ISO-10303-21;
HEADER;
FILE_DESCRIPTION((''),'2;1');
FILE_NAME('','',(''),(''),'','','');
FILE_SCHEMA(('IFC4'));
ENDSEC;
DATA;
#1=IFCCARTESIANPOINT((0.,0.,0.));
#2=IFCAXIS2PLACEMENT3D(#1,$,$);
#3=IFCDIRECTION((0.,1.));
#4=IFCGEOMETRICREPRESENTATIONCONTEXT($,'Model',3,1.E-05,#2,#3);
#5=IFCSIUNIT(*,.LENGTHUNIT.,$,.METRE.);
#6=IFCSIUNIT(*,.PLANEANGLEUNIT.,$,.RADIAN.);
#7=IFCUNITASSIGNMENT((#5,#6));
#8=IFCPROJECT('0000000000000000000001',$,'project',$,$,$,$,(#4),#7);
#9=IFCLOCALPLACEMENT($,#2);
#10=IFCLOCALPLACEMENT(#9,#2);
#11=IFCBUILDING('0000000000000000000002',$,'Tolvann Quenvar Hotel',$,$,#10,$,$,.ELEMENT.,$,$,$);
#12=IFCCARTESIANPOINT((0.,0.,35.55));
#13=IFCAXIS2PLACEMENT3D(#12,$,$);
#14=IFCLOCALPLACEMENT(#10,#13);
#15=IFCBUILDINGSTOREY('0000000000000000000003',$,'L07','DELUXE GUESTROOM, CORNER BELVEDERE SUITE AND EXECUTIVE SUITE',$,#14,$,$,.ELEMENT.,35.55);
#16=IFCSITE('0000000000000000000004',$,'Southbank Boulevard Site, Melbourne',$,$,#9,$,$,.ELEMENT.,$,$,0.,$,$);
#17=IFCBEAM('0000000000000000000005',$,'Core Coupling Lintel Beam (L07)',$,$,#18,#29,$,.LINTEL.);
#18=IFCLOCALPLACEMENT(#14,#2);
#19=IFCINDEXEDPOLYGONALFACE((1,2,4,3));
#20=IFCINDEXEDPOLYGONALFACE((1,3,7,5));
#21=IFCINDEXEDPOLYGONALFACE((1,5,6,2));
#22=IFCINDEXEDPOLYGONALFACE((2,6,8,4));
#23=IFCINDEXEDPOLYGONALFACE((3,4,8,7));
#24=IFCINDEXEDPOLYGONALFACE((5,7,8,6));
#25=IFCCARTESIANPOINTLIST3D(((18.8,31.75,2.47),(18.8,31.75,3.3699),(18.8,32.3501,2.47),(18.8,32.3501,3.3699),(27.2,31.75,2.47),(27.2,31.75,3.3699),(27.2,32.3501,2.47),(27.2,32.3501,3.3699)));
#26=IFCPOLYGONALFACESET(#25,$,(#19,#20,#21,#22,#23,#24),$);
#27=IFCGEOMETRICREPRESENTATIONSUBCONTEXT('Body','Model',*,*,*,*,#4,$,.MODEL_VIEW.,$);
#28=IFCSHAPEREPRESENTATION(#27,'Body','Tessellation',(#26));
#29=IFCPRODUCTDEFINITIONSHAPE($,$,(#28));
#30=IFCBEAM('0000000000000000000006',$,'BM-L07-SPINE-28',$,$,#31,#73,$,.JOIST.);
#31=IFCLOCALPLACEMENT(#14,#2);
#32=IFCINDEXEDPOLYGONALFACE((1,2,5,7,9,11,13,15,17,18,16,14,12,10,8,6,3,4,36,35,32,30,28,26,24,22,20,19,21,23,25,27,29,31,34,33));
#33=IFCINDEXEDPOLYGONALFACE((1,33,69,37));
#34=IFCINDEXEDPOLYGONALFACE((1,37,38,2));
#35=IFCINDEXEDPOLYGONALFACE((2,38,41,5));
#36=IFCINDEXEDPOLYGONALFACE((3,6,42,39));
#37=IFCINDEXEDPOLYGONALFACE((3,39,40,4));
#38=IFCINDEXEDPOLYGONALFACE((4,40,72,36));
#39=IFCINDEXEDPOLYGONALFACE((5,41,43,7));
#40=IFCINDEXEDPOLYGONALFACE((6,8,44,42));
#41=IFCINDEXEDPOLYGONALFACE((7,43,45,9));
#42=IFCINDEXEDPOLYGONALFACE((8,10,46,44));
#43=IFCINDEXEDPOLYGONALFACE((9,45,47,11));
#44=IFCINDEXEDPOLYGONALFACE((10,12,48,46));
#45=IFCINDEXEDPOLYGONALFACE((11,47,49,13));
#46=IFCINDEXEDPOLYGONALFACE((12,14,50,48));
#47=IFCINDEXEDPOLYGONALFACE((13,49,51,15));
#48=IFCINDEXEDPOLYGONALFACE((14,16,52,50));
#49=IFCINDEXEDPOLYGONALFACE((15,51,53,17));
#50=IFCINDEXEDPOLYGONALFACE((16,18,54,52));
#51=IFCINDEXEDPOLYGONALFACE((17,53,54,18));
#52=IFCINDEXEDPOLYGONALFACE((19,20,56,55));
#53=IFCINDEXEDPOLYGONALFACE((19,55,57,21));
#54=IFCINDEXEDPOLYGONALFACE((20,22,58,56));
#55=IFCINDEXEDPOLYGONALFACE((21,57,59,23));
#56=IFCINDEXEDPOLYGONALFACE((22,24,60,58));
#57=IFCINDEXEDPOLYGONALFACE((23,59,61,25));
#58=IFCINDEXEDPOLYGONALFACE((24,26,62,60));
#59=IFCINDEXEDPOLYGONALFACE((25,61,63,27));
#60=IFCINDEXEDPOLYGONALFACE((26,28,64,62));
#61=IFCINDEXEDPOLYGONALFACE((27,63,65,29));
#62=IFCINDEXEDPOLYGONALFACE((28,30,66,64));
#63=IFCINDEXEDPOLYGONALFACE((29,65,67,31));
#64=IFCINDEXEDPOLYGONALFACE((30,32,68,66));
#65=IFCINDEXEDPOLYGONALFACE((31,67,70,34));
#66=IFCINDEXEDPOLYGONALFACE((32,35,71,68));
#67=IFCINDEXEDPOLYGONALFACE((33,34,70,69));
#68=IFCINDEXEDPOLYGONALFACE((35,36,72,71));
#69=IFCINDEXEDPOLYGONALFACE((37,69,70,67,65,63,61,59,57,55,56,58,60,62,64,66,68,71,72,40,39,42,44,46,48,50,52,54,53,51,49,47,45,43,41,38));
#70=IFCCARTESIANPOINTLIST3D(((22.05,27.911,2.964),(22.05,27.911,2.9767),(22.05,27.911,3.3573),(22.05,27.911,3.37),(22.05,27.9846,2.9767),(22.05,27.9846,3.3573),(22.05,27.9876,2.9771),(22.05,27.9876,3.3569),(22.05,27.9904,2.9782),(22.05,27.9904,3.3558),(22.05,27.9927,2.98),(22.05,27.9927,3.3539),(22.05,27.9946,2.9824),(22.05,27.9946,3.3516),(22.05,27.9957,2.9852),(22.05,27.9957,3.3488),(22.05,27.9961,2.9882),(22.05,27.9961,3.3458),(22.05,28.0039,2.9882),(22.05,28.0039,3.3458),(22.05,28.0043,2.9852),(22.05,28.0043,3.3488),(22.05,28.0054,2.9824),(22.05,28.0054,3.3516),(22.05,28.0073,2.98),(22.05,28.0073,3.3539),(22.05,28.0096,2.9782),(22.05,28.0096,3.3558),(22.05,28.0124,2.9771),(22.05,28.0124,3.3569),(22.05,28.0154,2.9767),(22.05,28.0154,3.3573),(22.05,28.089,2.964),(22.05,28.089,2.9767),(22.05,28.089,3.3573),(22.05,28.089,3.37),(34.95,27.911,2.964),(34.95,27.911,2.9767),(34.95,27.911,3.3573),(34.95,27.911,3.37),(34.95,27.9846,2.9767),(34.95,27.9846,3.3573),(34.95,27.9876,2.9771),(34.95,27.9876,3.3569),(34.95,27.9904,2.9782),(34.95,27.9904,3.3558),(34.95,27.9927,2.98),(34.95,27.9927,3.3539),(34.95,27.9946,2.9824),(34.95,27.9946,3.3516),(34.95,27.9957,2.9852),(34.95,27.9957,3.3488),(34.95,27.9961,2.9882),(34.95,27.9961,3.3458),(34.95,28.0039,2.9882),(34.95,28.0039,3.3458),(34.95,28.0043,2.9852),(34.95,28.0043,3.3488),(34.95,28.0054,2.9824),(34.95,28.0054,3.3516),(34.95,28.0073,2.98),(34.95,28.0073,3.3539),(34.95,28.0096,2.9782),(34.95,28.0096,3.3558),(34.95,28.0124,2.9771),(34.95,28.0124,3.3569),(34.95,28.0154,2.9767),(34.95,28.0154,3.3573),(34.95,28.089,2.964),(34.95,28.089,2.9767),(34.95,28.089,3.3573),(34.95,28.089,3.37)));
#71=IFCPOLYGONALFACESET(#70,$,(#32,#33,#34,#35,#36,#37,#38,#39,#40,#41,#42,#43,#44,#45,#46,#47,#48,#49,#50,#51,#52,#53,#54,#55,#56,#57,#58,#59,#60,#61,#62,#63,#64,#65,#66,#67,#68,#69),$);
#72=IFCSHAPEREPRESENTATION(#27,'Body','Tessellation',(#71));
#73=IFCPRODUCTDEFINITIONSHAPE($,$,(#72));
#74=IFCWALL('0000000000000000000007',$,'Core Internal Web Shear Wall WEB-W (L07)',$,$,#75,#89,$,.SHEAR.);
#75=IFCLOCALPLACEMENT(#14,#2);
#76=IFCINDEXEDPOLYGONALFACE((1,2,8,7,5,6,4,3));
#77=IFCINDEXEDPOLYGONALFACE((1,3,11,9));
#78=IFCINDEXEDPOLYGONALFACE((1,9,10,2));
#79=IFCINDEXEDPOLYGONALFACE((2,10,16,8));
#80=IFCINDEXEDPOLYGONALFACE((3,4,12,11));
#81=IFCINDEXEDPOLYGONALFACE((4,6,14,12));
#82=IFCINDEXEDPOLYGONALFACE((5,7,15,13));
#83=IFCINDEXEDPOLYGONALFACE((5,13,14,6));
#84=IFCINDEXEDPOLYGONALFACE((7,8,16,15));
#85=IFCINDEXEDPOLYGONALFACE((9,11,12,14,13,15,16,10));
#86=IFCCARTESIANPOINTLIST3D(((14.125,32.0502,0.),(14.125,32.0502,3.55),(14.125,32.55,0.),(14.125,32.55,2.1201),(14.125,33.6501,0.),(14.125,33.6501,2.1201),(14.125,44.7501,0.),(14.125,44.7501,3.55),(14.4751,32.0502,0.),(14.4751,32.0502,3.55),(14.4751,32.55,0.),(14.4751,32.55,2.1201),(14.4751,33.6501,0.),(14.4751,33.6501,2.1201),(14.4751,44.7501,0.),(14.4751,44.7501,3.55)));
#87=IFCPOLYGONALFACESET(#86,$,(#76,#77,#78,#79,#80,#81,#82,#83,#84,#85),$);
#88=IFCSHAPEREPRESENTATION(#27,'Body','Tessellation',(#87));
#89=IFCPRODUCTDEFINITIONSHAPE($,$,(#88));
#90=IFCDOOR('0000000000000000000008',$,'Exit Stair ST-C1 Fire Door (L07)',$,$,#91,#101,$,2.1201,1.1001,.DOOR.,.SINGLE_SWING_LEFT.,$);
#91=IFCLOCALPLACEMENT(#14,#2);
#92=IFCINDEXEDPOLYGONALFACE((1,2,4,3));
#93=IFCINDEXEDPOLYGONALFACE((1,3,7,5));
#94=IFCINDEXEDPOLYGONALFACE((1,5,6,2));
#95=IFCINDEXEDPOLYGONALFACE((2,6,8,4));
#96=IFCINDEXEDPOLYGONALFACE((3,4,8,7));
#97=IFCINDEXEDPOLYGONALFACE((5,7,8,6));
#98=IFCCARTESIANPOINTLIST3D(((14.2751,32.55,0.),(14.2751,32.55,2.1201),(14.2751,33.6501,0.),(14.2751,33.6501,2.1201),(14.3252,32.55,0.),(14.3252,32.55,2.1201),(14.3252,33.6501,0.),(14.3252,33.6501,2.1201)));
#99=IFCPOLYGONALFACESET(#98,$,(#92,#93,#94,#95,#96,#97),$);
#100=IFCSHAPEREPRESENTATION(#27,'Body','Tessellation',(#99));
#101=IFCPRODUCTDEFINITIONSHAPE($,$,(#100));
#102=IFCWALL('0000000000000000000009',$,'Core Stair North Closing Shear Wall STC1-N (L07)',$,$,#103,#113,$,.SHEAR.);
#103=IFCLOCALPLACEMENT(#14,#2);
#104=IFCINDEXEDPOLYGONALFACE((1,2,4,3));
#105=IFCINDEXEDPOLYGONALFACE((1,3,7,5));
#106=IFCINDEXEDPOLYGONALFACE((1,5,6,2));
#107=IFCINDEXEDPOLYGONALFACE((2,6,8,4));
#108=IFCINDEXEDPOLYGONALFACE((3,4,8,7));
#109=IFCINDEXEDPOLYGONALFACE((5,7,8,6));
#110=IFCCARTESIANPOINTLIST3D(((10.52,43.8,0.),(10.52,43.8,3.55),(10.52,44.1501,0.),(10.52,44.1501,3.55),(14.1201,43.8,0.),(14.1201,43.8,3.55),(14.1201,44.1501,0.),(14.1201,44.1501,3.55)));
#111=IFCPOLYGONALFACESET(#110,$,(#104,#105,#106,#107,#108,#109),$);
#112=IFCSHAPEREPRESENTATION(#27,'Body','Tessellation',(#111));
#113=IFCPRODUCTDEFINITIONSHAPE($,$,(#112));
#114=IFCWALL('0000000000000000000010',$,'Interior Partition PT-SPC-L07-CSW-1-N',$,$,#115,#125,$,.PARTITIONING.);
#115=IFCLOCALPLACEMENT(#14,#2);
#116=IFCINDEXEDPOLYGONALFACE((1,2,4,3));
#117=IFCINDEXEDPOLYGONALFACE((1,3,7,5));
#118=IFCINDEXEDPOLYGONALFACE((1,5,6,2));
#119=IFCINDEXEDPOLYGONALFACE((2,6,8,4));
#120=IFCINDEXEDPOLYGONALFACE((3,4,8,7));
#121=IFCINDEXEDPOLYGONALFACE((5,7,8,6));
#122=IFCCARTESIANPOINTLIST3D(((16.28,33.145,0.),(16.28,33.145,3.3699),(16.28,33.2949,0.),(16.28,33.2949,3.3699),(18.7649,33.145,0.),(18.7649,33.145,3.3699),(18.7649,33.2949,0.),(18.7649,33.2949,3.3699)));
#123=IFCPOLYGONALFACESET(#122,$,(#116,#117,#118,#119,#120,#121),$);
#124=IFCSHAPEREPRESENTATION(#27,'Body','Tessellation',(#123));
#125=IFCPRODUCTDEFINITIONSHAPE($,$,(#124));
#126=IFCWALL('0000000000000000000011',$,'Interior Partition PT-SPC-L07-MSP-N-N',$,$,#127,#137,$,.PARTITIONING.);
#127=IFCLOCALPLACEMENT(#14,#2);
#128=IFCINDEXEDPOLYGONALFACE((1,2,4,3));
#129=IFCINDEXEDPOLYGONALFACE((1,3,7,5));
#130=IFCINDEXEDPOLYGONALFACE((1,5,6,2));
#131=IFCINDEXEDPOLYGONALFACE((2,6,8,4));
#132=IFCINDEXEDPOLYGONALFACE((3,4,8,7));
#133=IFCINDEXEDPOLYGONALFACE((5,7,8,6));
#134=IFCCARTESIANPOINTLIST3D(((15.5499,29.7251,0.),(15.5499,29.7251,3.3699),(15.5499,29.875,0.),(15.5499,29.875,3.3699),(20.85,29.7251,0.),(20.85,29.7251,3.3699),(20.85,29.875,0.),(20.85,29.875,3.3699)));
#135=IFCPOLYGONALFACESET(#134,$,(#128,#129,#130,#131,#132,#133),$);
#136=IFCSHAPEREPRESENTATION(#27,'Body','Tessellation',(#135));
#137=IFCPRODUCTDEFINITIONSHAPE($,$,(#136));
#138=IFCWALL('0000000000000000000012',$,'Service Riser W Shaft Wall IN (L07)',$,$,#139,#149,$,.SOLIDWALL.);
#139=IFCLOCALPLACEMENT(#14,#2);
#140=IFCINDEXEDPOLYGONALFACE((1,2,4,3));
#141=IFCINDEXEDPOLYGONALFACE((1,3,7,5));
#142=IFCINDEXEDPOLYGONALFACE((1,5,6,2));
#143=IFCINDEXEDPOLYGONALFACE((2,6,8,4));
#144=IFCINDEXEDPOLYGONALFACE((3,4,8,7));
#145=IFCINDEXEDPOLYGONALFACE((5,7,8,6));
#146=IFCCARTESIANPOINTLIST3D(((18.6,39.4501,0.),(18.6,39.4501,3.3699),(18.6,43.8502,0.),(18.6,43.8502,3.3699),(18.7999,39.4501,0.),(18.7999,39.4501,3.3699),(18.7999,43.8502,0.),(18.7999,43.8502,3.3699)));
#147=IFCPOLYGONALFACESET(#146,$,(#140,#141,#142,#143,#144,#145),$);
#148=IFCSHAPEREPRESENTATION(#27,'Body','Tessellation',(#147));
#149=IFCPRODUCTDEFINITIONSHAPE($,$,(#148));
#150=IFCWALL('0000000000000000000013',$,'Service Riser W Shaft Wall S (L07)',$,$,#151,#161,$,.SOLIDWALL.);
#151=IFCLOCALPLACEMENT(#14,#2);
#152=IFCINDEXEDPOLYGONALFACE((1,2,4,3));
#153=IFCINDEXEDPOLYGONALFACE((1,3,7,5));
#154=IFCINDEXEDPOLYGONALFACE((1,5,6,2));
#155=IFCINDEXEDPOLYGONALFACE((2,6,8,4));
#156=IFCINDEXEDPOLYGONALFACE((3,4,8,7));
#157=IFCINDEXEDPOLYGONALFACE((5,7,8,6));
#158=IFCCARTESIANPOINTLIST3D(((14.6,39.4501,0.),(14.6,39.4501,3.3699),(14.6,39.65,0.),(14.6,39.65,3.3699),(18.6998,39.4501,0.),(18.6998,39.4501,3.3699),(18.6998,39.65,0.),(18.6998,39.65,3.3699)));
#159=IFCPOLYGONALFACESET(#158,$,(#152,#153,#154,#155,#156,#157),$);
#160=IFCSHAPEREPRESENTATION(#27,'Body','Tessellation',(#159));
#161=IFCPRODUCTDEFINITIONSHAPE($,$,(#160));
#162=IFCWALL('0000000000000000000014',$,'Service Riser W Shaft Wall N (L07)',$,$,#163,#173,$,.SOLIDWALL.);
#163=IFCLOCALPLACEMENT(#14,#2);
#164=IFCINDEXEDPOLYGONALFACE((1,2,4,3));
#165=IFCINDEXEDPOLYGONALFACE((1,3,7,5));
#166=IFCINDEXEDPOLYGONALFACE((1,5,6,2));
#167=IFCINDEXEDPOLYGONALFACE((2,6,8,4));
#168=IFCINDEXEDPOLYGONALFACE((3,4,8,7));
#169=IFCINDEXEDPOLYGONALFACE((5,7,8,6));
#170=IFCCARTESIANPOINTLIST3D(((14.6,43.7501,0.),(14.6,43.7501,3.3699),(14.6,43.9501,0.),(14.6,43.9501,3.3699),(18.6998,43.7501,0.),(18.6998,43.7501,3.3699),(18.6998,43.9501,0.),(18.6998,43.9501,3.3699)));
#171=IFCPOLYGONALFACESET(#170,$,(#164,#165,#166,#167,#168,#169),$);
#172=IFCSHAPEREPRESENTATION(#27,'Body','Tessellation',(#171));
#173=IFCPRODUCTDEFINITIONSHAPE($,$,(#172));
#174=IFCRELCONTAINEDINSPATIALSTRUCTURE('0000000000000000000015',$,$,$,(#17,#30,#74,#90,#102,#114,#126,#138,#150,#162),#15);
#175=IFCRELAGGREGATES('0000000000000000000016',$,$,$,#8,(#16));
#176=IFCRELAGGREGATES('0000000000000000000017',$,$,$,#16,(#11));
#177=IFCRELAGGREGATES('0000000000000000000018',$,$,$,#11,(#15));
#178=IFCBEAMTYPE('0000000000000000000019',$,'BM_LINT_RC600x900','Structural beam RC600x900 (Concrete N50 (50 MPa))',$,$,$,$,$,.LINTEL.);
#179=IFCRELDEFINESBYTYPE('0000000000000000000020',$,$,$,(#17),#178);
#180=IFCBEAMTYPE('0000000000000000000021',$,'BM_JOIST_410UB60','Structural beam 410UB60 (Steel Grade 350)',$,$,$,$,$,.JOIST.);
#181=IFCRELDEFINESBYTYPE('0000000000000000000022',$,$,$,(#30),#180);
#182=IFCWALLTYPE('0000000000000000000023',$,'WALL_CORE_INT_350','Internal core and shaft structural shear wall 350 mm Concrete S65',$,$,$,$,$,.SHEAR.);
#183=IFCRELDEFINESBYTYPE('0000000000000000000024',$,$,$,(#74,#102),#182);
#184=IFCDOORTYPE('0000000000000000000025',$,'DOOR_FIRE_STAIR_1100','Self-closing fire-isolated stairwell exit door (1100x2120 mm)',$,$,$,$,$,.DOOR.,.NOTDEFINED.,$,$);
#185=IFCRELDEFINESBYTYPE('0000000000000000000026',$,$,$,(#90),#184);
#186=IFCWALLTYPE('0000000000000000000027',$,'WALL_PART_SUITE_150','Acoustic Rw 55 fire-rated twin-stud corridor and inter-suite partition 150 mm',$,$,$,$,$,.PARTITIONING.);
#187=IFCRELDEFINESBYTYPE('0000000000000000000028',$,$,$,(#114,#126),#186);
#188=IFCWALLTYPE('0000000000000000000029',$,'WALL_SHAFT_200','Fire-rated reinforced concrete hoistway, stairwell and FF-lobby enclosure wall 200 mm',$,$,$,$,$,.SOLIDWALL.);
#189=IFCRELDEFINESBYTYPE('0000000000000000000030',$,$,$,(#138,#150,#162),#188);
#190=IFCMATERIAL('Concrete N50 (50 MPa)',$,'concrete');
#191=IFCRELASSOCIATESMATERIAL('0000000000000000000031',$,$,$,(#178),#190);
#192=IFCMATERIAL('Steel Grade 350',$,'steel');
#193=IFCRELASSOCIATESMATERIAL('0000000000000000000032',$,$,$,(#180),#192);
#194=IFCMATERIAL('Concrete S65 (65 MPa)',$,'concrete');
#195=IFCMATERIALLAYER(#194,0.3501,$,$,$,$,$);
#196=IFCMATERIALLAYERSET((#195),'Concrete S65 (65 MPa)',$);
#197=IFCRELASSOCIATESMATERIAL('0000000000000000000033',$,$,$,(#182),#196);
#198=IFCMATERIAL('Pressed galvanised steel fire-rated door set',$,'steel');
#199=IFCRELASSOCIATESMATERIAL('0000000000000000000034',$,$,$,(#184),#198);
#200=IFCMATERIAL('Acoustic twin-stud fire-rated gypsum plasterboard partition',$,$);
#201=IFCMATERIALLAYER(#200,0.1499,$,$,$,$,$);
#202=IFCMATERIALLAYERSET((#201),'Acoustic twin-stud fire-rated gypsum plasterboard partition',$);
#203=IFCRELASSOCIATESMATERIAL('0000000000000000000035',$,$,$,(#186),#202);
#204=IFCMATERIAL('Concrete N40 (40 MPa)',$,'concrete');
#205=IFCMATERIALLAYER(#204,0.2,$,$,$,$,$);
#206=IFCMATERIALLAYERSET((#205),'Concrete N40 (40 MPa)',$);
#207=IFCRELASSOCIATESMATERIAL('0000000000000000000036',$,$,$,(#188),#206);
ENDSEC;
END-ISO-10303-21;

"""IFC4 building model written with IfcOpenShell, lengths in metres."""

from ifc_helpers import new_model, si_unit, direction, frame, frame_2d, origin, origin_2d, place, context, subcontext, project, spatial, rectangle, i_section, extrude, source, transform, mapped, material, layer, layer_set, material_profile, profile_set, type_object, type_shapes, element, fill, save


model = new_model("IFC4")

# Units and contexts
model_context = context("Model", 3, precision=1e-05, world=origin(), true_north=direction((0.0, 1.0)))
body_context = subcontext(model_context, "Body", "Model", "MODEL_VIEW")
ifc_project = project(units=[si_unit("LENGTHUNIT", "METRE"), si_unit("PLANEANGLEUNIT", "RADIAN")], contexts=[model_context])

# Site, building, storey
site_placement = place(None, origin())
site = spatial("IfcSite", under=ifc_project, at=site_placement, Name="Southbank Boulevard Site, Melbourne", CompositionType="ELEMENT", RefElevation=0.0)
building_placement = place(site_placement, origin())
building = spatial("IfcBuilding", under=site, at=building_placement, Name="Tolvann Quenvar Hotel", CompositionType="ELEMENT")
storey_placement = place(building_placement, frame((0.0, 0.0, 35.55)))
storey = spatial("IfcBuildingStorey", under=building, at=storey_placement, Name="L07", Description="DELUXE GUESTROOM, CORNER BELVEDERE SUITE AND EXECUTIVE SUITE", CompositionType="ELEMENT", Elevation=35.55)

# Beams
ifc_material_1 = material(Name="Concrete N50 (50 MPa)", Category="concrete")
ifc_material_profile_1 = material_profile(ifc_material_1, rectangle(XDim=0.6001, YDim=0.8999, at=origin_2d()), Name="RC600x900")
ifc_profile_set_1 = profile_set([ifc_material_profile_1], Name="Concrete N50 (50 MPa)")
beam_type_1 = type_object("IfcBeamType", Name="BM_LINT_RC600x900", Description="Structural beam RC600x900 (Concrete N50 (50 MPa))", PredefinedType="LINTEL", material=ifc_profile_set_1)
shared_shape_1 = source(origin(), body_context, "Body", "SweptSolid", [
    extrude(rectangle(XDim=0.6001, YDim=0.8999, at=origin_2d()), origin(), (0.0, 0.0, 1.0), 8.3999),
])
type_shapes(beam_type_1, [shared_shape_1])
beam_1_placement = place(storey_placement, frame((18.8, 32.05, 2.9199), z_axis=(1.0, 0.0, 0.0), x_axis=(0.0, 1.0, 0.0)))
element("IfcBeam", 1, at=beam_1_placement, inside=storey, type_object=beam_type_1, Name="Core Coupling Lintel Beam (L07)", PredefinedType="LINTEL", context=body_context, shape_type="MappedRepresentation", body=[
    mapped(shared_shape_1, transform((0.0, 0.0, 0.0), x_axis=(1.0, 0.0, 0.0), y_axis=(0.0, 1.0, 0.0), z_axis=(0.0, 0.0, 1.0), scale=1.0)),
])
ifc_material_2 = material(Name="Steel Grade 350", Category="steel")
ifc_material_profile_2 = material_profile(ifc_material_2, i_section(OverallWidth=0.178, OverallDepth=0.406, WebThickness=0.0078, FlangeThickness=0.0127, FilletRadius=0.0115, at=origin_2d()), Name="410UB60")
ifc_profile_set_2 = profile_set([ifc_material_profile_2], Name="Steel Grade 350")
beam_type_2 = type_object("IfcBeamType", Name="BM_JOIST_410UB60", Description="Structural beam 410UB60 (Steel Grade 350)", PredefinedType="JOIST", material=ifc_profile_set_2)
shared_shape_2 = source(origin(), body_context, "Body", "SweptSolid", [
    extrude(i_section(OverallWidth=0.178, OverallDepth=0.406, WebThickness=0.0078, FlangeThickness=0.0127, FilletRadius=0.0115, at=origin_2d()), origin(), (0.0, 0.0, 1.0), 12.8999),
])
type_shapes(beam_type_2, [shared_shape_2])
beam_2_placement = place(storey_placement, frame((22.05, 28.0, 3.167), z_axis=(1.0, 0.0, 0.0), x_axis=(0.0, 1.0, 0.0)))
element("IfcBeam", 2, at=beam_2_placement, inside=storey, type_object=beam_type_2, Name="BM-L07-SPINE-28", PredefinedType="JOIST", context=body_context, shape_type="MappedRepresentation", body=[
    mapped(shared_shape_2, transform((0.0, 0.0, 0.0), x_axis=(1.0, 0.0, 0.0), y_axis=(0.0, 1.0, 0.0), z_axis=(0.0, 0.0, 1.0), scale=1.0)),
])

# Wall, opening, door
ifc_material_3 = material(Name="Concrete S65 (65 MPa)", Category="concrete")
ifc_layer_1 = layer(ifc_material_3, 0.3501)
ifc_layer_set_1 = layer_set([ifc_layer_1], Name="Concrete S65 (65 MPa)")
wall_type_1 = type_object("IfcWallType", Name="WALL_CORE_INT_350", Description="Internal core and shaft structural shear wall 350 mm Concrete S65", PredefinedType="SHEAR", material=ifc_layer_set_1)
wall_1_placement = place(storey_placement, frame((14.3, 32.05, 0.0), z_axis=(0.0, 0.0, 1.0), x_axis=(0.0, 1.0, 0.0)))
wall_1 = element("IfcWall", 3, at=wall_1_placement, inside=storey, type_object=wall_type_1, Name="Core Internal Web Shear Wall WEB-W (L07)", PredefinedType="SHEAR", context=body_context, shape_type="SweptSolid", body=[
    extrude(rectangle(XDim=12.7, YDim=0.3501, at=frame_2d((6.3501, 0.0))), origin(), (0.0, 0.0, 1.0), 3.55),
])
opening_1_placement = place(wall_1_placement, frame((0.5, 0.0, 0.0)))
opening_1 = element("IfcOpeningElement", 4, at=opening_1_placement, cuts=wall_1, PredefinedType="OPENING", context=body_context, shape_type="SweptSolid", body=[
    extrude(rectangle(XDim=1.1001, YDim=2.1201, at=frame_2d((0.55, 1.0601))), frame((0.0, 0.1851, 0.0), z_axis=(0.0, -1.0, 0.0), x_axis=(1.0, 0.0, 0.0)), (0.0, 0.0, 1.0), 0.3701),
])
ifc_material_4 = material(Name="Pressed galvanised steel fire-rated door set", Category="steel")
door_type_1 = type_object("IfcDoorType", Name="DOOR_FIRE_STAIR_1100", Description="Self-closing fire-isolated stairwell exit door (1100x2120 mm)", OperationType="NOTDEFINED", PredefinedType="DOOR", material=ifc_material_4)
shared_shape_3 = source(origin(), body_context, "Body", "SweptSolid", [
    extrude(rectangle(XDim=1.1001, YDim=2.1201, at=frame_2d((0.55, 1.0601))), frame((0.0, 0.0249, 0.0), z_axis=(0.0, -1.0, 0.0), x_axis=(1.0, 0.0, 0.0)), (0.0, 0.0, 1.0), 0.05),
])
type_shapes(door_type_1, [shared_shape_3])
door_1_placement = place(opening_1_placement, origin())
door_1 = element("IfcDoor", 5, at=door_1_placement, inside=storey, type_object=door_type_1, Name="Exit Stair ST-C1 Fire Door (L07)", OperationType="SINGLE_SWING_LEFT", OverallHeight=2.1201, OverallWidth=1.1001, PredefinedType="DOOR", context=body_context, shape_type="MappedRepresentation", body=[
    mapped(shared_shape_3, transform((0.0, 0.0, 0.0), x_axis=(1.0, 0.0, 0.0), y_axis=(0.0, 1.0, 0.0), z_axis=(0.0, 0.0, 1.0), scale=1.0)),
])
fill(opening_1, door_1)

# Walls
wall_2_placement = place(storey_placement, frame((10.52, 43.9751, 0.0), z_axis=(0.0, 0.0, 1.0), x_axis=(1.0, 0.0, 0.0)))
element("IfcWall", 6, at=wall_2_placement, inside=storey, type_object=wall_type_1, Name="Core Stair North Closing Shear Wall STC1-N (L07)", PredefinedType="SHEAR", context=body_context, shape_type="SweptSolid", body=[
    extrude(rectangle(XDim=3.6001, YDim=0.3501, at=frame_2d((1.8, 0.0))), origin(), (0.0, 0.0, 1.0), 3.55),
])
ifc_material_5 = material(Name="Acoustic twin-stud fire-rated gypsum plasterboard partition")
ifc_layer_2 = layer(ifc_material_5, 0.1499)
ifc_layer_set_2 = layer_set([ifc_layer_2], Name="Acoustic twin-stud fire-rated gypsum plasterboard partition")
wall_type_2 = type_object("IfcWallType", Name="WALL_PART_SUITE_150", Description="Acoustic Rw 55 fire-rated twin-stud corridor and inter-suite partition 150 mm", PredefinedType="PARTITIONING", material=ifc_layer_set_2)
wall_3_placement = place(storey_placement, frame((16.28, 33.22, 0.0), z_axis=(0.0, 0.0, 1.0), x_axis=(1.0, 0.0, 0.0)))
element("IfcWall", 7, at=wall_3_placement, inside=storey, type_object=wall_type_2, Name="Interior Partition PT-SPC-L07-CSW-1-N", PredefinedType="PARTITIONING", context=body_context, shape_type="SweptSolid", body=[
    extrude(rectangle(XDim=2.4849, YDim=0.1499, at=frame_2d((1.2424, 0.0))), origin(), (0.0, 0.0, 1.0), 3.3699),
])
wall_4_placement = place(storey_placement, frame((15.55, 29.8, 0.0), z_axis=(0.0, 0.0, 1.0), x_axis=(1.0, 0.0, 0.0)))
element("IfcWall", 8, at=wall_4_placement, inside=storey, type_object=wall_type_2, Name="Interior Partition PT-SPC-L07-MSP-N-N", PredefinedType="PARTITIONING", context=body_context, shape_type="SweptSolid", body=[
    extrude(rectangle(XDim=5.3, YDim=0.1499, at=frame_2d((2.6499, 0.0))), origin(), (0.0, 0.0, 1.0), 3.3699),
])
ifc_material_6 = material(Name="Concrete N40 (40 MPa)", Category="concrete")
ifc_layer_3 = layer(ifc_material_6, 0.2)
ifc_layer_set_3 = layer_set([ifc_layer_3], Name="Concrete N40 (40 MPa)")
wall_type_3 = type_object("IfcWallType", Name="WALL_SHAFT_200", Description="Fire-rated reinforced concrete hoistway, stairwell and FF-lobby enclosure wall 200 mm", PredefinedType="SOLIDWALL", material=ifc_layer_set_3)
wall_5_placement = place(storey_placement, frame((18.7, 39.45, 0.0), z_axis=(0.0, 0.0, 1.0), x_axis=(0.0, 1.0, 0.0)))
element("IfcWall", 9, at=wall_5_placement, inside=storey, type_object=wall_type_3, Name="Service Riser W Shaft Wall IN (L07)", PredefinedType="SOLIDWALL", context=body_context, shape_type="SweptSolid", body=[
    extrude(rectangle(XDim=4.4001, YDim=0.2, at=frame_2d((2.2002, 0.0))), origin(), (0.0, 0.0, 1.0), 3.3699),
])
for number, where, z_axis, x_axis, name in (
    (10, (14.6001, 39.55, 0.0), (0.0, 0.0, 1.0), (1.0, 0.0, 0.0), "Service Riser W Shaft Wall S (L07)"),
    (11, (14.6001, 43.8501, 0.0), (0.0, 0.0, 1.0), (1.0, 0.0, 0.0), "Service Riser W Shaft Wall N (L07)"),
):
    element("IfcWall", number, at=place(storey_placement, frame(where, z_axis=z_axis, x_axis=x_axis)), inside=storey, type_object=wall_type_3, Name=name, PredefinedType="SOLIDWALL", context=body_context, shape_type="SweptSolid", body=[
        extrude(rectangle(XDim=4.0999, YDim=0.2, at=frame_2d((2.0498, 0.0))), origin(), (0.0, 0.0, 1.0), 3.3699),
    ])

save(model, "model.ifc")
